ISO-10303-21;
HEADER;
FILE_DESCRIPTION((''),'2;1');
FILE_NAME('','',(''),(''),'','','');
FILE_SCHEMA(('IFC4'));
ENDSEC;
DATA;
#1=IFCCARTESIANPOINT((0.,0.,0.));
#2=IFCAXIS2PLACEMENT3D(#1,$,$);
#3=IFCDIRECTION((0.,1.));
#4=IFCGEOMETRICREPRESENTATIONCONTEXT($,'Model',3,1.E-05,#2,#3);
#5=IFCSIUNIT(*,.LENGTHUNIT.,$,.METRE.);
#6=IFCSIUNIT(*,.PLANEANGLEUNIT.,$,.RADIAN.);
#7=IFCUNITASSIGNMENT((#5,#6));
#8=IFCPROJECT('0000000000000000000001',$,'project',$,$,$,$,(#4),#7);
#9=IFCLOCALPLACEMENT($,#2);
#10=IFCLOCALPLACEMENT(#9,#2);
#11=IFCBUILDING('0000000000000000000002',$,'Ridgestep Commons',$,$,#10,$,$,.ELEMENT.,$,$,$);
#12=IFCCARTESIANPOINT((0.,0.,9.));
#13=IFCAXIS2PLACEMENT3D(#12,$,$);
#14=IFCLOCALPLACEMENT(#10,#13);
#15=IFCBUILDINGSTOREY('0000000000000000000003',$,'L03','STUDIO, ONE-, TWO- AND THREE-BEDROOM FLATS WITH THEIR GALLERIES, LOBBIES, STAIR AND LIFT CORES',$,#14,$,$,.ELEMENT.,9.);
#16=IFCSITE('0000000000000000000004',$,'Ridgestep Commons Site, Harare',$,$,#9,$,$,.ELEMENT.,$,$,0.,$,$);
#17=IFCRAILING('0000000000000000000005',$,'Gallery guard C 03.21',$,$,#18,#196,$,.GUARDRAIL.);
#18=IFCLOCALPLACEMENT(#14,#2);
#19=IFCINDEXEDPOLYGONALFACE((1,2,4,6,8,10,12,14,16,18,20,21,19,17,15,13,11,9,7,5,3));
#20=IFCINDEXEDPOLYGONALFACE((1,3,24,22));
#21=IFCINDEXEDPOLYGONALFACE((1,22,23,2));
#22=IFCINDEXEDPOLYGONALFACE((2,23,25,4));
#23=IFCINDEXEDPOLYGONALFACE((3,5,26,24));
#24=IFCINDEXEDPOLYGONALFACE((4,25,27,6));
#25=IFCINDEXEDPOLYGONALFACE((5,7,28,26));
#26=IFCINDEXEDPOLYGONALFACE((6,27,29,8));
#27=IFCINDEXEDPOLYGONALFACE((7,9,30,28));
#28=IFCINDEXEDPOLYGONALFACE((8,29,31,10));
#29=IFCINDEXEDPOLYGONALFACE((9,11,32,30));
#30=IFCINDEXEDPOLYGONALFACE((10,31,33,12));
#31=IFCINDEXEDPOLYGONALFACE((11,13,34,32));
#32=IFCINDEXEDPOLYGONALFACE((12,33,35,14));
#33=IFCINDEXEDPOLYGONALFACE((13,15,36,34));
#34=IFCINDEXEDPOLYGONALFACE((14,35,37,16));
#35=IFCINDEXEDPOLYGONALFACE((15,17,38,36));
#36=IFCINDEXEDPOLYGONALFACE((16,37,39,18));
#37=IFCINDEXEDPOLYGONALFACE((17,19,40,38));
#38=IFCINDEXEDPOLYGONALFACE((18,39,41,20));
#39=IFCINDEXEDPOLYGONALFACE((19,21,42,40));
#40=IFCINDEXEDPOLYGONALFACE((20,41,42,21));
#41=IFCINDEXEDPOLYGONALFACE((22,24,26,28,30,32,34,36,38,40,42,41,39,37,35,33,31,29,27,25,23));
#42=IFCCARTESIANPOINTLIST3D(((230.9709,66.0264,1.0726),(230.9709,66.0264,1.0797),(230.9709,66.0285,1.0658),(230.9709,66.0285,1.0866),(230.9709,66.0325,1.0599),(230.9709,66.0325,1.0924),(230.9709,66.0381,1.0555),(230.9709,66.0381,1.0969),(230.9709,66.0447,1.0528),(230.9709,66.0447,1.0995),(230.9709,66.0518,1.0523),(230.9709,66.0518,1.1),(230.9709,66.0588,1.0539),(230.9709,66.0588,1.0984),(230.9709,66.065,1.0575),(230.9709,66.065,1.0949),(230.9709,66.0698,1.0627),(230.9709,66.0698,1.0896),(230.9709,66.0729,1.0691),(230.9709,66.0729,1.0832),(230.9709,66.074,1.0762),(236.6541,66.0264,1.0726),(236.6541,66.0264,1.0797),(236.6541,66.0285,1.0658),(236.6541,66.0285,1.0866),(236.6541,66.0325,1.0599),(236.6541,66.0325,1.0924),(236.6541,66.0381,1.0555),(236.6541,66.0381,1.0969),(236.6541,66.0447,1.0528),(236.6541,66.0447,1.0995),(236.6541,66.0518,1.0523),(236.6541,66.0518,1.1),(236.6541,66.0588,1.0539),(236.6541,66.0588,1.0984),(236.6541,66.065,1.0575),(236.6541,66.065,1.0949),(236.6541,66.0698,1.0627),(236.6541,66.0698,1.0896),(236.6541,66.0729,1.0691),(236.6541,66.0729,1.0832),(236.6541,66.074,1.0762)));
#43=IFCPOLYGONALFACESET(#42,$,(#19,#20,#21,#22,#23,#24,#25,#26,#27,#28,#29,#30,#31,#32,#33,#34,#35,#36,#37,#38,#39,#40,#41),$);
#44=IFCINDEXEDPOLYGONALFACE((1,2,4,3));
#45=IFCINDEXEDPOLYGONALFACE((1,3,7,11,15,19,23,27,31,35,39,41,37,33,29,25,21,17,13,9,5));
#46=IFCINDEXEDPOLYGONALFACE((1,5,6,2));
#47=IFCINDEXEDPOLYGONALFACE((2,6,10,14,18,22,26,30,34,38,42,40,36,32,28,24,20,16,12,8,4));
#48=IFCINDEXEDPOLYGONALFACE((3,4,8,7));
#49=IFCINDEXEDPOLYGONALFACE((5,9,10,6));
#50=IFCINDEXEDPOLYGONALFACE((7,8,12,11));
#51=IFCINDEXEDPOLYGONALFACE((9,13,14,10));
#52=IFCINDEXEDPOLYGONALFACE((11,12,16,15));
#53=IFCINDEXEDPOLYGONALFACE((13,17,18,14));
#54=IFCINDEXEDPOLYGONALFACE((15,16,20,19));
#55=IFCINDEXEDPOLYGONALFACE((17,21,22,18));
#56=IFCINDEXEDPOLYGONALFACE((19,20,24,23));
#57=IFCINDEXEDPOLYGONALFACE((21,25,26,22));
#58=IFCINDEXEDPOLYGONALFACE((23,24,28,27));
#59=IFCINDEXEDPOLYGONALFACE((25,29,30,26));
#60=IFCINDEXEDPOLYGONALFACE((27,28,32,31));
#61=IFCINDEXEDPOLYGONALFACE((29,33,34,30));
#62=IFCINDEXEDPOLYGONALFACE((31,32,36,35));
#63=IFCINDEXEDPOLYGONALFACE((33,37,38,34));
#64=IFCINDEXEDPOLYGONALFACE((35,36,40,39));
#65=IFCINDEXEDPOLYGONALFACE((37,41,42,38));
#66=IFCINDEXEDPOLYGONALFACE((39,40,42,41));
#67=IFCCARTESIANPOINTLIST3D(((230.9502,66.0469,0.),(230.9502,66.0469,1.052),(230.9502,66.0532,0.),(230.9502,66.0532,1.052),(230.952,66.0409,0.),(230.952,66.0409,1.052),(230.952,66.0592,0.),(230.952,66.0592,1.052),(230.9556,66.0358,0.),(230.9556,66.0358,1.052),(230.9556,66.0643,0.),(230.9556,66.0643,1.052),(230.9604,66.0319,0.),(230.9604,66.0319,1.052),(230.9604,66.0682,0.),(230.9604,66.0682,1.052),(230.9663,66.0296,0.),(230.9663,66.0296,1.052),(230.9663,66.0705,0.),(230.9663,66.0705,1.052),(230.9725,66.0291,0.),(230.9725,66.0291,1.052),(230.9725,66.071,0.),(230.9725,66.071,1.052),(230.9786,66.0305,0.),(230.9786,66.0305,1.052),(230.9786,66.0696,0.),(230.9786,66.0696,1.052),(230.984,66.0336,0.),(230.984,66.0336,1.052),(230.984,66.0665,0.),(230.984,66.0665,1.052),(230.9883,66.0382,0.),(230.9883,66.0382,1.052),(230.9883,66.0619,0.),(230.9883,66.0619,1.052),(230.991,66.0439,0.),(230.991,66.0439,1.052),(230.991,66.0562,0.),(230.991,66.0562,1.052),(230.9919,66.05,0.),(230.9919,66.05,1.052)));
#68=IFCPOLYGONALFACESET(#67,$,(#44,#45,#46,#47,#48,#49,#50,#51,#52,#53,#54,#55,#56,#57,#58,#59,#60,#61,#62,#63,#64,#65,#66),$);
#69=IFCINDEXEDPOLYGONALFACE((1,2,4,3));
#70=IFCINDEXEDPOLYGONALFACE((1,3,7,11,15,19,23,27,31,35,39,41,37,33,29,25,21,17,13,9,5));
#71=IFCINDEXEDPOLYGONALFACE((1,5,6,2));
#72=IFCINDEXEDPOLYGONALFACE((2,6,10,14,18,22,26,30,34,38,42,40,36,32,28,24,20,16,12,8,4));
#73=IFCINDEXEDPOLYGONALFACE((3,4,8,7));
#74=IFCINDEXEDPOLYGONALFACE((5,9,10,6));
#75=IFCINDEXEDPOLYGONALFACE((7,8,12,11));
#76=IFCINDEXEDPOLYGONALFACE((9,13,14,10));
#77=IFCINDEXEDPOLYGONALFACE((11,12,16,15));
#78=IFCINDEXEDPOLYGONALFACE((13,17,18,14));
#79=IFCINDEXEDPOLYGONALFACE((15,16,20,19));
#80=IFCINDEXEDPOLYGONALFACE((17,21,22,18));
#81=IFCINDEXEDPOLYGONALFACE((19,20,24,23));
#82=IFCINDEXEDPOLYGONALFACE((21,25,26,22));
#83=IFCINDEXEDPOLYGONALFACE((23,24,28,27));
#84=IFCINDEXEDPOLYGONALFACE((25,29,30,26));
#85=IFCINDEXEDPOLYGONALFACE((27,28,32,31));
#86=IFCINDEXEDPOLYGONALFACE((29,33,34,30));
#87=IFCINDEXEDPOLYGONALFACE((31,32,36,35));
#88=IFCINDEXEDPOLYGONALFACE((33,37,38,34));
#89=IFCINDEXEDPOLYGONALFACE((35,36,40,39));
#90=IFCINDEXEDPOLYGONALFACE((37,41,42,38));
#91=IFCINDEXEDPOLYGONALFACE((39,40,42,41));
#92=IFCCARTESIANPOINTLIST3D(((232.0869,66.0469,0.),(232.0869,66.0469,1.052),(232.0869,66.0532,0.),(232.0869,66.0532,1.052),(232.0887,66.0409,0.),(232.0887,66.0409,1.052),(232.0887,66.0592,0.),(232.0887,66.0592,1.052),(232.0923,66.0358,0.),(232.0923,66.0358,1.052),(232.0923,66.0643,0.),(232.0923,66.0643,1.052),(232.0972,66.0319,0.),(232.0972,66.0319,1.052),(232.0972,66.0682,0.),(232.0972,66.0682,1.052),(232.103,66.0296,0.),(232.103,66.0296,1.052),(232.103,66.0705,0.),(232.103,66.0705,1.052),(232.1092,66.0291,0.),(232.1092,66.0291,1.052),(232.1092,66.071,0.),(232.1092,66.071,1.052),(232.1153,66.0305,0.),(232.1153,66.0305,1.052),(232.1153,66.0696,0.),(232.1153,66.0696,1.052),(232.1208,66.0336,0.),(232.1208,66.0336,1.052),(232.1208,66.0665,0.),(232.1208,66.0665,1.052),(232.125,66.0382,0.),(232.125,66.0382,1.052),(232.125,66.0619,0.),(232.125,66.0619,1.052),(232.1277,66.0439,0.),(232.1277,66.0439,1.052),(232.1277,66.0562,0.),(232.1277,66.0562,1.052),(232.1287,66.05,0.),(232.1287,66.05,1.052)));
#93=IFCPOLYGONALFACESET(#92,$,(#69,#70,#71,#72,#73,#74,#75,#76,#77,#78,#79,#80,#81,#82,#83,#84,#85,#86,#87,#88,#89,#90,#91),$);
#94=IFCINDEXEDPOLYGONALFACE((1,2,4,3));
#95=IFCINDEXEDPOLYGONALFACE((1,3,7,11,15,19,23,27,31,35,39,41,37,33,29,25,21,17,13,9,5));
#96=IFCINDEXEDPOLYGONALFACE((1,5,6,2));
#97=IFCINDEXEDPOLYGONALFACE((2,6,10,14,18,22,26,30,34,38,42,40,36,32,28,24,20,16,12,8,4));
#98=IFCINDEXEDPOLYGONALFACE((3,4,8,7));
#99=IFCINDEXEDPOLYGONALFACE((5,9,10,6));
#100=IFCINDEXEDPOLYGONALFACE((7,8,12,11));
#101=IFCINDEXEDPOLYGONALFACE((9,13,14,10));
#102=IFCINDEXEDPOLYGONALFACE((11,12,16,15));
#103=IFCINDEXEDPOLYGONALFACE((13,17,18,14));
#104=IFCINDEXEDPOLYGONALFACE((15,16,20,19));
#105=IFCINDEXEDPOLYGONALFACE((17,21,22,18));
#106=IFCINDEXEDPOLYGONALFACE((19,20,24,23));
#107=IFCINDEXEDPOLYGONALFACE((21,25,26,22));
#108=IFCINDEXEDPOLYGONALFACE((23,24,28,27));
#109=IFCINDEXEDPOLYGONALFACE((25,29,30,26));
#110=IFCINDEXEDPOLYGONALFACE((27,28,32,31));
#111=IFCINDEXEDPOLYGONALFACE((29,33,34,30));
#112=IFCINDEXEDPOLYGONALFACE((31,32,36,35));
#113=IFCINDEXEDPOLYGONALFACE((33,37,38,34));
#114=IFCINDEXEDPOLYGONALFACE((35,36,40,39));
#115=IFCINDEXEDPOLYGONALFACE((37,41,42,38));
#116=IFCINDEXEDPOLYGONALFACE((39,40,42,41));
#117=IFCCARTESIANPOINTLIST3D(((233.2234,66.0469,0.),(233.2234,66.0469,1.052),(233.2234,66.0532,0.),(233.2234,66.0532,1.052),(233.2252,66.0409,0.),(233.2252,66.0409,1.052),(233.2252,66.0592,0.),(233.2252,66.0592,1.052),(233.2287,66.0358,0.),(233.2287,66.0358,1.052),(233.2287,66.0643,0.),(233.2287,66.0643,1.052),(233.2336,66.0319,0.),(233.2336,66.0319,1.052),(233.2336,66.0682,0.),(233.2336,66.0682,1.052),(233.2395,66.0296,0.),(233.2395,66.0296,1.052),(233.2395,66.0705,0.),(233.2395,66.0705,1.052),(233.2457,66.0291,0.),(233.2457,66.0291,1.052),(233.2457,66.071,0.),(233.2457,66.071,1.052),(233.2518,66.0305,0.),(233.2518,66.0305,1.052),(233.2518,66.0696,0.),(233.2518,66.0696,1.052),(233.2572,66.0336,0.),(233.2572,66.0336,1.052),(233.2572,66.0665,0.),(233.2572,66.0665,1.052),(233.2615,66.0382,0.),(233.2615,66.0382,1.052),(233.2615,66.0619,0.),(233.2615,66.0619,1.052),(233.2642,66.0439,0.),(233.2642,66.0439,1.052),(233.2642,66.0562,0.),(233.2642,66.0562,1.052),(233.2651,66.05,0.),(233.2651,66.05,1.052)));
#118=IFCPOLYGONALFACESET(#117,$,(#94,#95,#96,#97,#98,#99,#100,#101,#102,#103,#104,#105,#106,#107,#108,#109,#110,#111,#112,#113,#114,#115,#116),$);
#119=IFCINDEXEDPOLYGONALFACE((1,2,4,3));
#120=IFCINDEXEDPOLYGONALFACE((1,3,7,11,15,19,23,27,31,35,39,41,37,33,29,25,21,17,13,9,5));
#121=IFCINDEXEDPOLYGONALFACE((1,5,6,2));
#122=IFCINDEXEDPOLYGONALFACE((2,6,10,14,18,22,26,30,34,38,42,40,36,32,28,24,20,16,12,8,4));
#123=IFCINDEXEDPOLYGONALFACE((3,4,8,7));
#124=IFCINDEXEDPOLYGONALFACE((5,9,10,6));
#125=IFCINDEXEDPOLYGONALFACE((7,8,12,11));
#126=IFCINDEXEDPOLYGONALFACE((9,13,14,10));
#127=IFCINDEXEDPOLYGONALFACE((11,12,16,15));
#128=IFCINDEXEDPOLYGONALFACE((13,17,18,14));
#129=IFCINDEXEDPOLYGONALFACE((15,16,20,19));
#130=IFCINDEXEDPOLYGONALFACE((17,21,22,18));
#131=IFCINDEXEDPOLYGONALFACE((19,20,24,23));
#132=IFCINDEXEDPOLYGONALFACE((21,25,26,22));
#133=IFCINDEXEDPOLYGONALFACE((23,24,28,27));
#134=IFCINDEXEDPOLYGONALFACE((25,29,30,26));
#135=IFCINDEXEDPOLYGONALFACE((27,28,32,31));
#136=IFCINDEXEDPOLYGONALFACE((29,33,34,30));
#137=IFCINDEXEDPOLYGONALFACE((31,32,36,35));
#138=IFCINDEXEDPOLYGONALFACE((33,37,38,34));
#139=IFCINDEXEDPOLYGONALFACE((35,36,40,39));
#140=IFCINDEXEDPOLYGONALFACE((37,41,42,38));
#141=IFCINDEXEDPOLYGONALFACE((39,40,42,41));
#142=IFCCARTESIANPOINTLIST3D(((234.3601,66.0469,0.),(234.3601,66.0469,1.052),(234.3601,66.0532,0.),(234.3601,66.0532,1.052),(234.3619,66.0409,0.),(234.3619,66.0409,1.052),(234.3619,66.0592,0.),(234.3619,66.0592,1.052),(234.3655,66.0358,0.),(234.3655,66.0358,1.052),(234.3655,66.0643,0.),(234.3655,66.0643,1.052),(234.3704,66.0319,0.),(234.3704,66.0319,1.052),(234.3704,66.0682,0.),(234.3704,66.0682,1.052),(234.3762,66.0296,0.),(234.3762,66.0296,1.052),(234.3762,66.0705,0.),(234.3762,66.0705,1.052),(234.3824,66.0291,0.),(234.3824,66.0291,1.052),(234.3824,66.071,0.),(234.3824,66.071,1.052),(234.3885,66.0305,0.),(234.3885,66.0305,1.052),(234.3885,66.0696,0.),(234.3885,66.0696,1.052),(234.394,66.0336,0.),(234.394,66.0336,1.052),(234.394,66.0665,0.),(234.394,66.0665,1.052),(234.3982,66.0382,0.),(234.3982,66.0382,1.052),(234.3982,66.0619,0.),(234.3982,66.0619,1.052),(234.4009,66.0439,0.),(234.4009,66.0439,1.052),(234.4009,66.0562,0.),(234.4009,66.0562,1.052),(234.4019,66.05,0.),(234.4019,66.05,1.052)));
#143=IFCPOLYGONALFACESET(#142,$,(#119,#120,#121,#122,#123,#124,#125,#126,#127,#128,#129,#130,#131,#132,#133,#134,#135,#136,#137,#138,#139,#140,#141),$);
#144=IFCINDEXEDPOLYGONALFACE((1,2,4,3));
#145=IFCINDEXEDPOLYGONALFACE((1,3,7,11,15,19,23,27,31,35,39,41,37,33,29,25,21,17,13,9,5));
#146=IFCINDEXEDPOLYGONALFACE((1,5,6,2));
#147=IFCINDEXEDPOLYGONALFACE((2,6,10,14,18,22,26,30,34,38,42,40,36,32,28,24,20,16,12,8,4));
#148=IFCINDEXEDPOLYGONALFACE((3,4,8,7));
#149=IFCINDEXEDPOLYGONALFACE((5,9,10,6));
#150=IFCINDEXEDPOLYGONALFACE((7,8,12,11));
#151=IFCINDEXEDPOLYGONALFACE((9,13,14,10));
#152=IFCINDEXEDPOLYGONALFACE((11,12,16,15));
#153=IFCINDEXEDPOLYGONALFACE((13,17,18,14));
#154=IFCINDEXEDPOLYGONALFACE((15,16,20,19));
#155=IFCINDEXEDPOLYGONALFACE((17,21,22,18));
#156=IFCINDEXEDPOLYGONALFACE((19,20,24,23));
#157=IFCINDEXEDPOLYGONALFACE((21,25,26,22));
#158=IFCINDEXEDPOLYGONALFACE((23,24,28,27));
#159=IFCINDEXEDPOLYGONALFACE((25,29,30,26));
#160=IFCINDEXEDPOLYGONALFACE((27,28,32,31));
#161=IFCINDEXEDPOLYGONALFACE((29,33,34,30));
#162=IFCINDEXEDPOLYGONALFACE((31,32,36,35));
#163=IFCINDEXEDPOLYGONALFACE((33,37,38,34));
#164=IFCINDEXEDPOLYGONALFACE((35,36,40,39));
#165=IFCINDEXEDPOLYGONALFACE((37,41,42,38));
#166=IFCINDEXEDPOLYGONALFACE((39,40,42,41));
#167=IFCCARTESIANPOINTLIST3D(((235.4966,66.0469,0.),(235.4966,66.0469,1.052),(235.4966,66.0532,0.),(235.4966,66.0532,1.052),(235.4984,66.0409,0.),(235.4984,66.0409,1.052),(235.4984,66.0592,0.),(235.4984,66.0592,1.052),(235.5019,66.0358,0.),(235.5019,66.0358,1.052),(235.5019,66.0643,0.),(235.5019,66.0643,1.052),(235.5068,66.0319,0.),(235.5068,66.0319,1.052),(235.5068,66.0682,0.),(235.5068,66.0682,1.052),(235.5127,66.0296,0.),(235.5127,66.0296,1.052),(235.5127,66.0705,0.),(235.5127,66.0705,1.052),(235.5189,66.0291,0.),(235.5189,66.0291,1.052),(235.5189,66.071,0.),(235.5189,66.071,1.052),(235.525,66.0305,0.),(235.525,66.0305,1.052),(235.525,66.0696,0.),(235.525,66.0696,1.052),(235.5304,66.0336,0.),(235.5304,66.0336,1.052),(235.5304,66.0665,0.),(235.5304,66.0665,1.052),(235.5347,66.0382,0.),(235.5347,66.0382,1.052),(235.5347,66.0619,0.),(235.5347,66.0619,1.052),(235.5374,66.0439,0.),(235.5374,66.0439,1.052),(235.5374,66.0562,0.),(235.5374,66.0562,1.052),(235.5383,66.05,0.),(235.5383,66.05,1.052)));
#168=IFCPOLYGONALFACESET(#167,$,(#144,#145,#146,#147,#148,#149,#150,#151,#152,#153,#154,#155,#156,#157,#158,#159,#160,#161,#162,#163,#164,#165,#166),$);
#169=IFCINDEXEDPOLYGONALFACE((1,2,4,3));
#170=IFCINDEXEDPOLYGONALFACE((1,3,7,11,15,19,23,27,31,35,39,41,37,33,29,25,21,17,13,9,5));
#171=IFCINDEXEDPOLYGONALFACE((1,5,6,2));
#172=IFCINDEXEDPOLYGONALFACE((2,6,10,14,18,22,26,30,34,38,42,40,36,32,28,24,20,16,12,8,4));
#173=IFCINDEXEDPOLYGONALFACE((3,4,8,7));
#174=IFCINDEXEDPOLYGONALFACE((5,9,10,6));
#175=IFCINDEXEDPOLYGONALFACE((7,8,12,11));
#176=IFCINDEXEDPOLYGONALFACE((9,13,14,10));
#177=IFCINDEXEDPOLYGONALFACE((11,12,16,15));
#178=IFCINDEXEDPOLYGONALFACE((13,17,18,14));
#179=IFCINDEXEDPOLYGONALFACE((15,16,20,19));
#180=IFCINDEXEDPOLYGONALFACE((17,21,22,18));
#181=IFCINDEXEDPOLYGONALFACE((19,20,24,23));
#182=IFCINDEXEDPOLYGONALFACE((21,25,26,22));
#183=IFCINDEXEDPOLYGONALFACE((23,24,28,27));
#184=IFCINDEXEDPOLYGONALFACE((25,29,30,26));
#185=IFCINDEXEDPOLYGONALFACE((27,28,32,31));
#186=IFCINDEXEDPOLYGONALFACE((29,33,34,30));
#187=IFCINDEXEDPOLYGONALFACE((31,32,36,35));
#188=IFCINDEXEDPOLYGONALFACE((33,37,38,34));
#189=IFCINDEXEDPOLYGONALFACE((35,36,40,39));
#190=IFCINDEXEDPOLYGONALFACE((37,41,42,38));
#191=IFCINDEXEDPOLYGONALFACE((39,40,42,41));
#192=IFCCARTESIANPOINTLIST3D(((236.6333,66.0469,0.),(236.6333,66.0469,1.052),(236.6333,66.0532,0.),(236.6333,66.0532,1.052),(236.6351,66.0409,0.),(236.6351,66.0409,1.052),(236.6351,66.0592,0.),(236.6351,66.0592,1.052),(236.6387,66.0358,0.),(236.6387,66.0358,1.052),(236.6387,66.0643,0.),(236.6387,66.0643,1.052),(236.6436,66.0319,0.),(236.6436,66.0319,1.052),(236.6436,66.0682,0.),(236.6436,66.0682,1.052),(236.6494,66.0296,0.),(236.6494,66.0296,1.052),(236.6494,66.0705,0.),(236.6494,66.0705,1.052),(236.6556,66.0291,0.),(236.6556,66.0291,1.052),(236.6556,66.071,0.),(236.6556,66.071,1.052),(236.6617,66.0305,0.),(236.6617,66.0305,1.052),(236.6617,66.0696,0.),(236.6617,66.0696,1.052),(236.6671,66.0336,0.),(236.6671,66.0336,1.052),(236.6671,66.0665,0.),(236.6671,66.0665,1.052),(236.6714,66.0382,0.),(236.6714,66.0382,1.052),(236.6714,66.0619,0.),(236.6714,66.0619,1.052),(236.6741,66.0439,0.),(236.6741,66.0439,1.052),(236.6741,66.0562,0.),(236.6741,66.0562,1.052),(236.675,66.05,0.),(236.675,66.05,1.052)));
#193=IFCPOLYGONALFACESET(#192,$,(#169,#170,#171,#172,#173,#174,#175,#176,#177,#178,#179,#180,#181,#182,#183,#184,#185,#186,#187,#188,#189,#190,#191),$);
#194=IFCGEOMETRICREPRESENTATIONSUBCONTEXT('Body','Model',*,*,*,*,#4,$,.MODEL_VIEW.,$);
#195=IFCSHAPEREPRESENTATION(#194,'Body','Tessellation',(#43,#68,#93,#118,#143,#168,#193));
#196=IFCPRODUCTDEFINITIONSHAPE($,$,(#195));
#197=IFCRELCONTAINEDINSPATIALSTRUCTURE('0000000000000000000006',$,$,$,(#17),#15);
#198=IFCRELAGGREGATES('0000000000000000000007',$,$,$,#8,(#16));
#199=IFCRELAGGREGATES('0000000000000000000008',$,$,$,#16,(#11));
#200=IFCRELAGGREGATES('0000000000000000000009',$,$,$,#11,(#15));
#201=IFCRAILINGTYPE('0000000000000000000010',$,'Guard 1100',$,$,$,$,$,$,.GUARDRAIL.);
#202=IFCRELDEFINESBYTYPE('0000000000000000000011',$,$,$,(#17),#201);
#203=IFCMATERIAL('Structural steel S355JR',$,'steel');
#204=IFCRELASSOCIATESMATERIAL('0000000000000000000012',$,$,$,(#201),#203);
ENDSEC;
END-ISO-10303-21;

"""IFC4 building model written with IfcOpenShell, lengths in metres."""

from ifc_helpers import new_model, si_unit, direction, frame, origin, origin_2d, place, context, subcontext, project, spatial, circle, extrude, material, type_object, element, save


model = new_model("IFC4")

# Units and contexts
model_context = context("Model", 3, precision=1e-05, world=origin(), true_north=direction((0.0, 1.0)))
body_context = subcontext(model_context, "Body", "Model", "MODEL_VIEW")
ifc_project = project(units=[si_unit("LENGTHUNIT", "METRE"), si_unit("PLANEANGLEUNIT", "RADIAN")], contexts=[model_context])

# Site, building, storey
site_placement = place(None, origin())
site = spatial("IfcSite", under=ifc_project, at=site_placement, Name="Ridgestep Commons Site, Harare", CompositionType="ELEMENT", RefElevation=0.0)
building_placement = place(site_placement, origin())
building = spatial("IfcBuilding", under=site, at=building_placement, Name="Ridgestep Commons", CompositionType="ELEMENT")
storey_placement = place(building_placement, frame((0.0, 0.0, 9.0)))
storey = spatial("IfcBuildingStorey", under=building, at=storey_placement, Name="L03", Description="STUDIO, ONE-, TWO- AND THREE-BEDROOM FLATS WITH THEIR GALLERIES, LOBBIES, STAIR AND LIFT CORES", CompositionType="ELEMENT", Elevation=9.0)

# Railing
ifc_material_1 = material(Name="Structural steel S355JR", Category="steel")
railing_type_1 = type_object("IfcRailingType", Name="Guard 1100", PredefinedType="GUARDRAIL", material=ifc_material_1)
railing_1_placement = place(storey_placement, frame((230.9709, 66.05, 0.0)))
element("IfcRailing", 1, at=railing_1_placement, inside=storey, type_object=railing_type_1, Name="Gallery guard C 03.21", PredefinedType="GUARDRAIL", context=body_context, shape_type="SweptSolid", body=[
    extrude(circle(Radius=0.0239, at=origin_2d()), frame((0.0, 0.0, 1.0762), z_axis=(1.0, 0.0, 0.0), x_axis=(0.0, 1.0, 0.0)), (0.0, 0.0, 1.0), 5.6831),
    extrude(circle(Radius=0.021, at=origin_2d()), origin(), (0.0, 0.0, 1.0), 1.052),
    extrude(circle(Radius=0.021, at=origin_2d()), frame((1.1367, 0.0, 0.0)), (0.0, 0.0, 1.0), 1.052),
    extrude(circle(Radius=0.021, at=origin_2d()), frame((2.2732, 0.0, 0.0)), (0.0, 0.0, 1.0), 1.052),
    extrude(circle(Radius=0.021, at=origin_2d()), frame((3.4099, 0.0, 0.0)), (0.0, 0.0, 1.0), 1.052),
    extrude(circle(Radius=0.021, at=origin_2d()), frame((4.5464, 0.0, 0.0)), (0.0, 0.0, 1.0), 1.052),
    extrude(circle(Radius=0.021, at=origin_2d()), frame((5.6831, 0.0, 0.0)), (0.0, 0.0, 1.0), 1.052),
])

save(model, "model.ifc")
